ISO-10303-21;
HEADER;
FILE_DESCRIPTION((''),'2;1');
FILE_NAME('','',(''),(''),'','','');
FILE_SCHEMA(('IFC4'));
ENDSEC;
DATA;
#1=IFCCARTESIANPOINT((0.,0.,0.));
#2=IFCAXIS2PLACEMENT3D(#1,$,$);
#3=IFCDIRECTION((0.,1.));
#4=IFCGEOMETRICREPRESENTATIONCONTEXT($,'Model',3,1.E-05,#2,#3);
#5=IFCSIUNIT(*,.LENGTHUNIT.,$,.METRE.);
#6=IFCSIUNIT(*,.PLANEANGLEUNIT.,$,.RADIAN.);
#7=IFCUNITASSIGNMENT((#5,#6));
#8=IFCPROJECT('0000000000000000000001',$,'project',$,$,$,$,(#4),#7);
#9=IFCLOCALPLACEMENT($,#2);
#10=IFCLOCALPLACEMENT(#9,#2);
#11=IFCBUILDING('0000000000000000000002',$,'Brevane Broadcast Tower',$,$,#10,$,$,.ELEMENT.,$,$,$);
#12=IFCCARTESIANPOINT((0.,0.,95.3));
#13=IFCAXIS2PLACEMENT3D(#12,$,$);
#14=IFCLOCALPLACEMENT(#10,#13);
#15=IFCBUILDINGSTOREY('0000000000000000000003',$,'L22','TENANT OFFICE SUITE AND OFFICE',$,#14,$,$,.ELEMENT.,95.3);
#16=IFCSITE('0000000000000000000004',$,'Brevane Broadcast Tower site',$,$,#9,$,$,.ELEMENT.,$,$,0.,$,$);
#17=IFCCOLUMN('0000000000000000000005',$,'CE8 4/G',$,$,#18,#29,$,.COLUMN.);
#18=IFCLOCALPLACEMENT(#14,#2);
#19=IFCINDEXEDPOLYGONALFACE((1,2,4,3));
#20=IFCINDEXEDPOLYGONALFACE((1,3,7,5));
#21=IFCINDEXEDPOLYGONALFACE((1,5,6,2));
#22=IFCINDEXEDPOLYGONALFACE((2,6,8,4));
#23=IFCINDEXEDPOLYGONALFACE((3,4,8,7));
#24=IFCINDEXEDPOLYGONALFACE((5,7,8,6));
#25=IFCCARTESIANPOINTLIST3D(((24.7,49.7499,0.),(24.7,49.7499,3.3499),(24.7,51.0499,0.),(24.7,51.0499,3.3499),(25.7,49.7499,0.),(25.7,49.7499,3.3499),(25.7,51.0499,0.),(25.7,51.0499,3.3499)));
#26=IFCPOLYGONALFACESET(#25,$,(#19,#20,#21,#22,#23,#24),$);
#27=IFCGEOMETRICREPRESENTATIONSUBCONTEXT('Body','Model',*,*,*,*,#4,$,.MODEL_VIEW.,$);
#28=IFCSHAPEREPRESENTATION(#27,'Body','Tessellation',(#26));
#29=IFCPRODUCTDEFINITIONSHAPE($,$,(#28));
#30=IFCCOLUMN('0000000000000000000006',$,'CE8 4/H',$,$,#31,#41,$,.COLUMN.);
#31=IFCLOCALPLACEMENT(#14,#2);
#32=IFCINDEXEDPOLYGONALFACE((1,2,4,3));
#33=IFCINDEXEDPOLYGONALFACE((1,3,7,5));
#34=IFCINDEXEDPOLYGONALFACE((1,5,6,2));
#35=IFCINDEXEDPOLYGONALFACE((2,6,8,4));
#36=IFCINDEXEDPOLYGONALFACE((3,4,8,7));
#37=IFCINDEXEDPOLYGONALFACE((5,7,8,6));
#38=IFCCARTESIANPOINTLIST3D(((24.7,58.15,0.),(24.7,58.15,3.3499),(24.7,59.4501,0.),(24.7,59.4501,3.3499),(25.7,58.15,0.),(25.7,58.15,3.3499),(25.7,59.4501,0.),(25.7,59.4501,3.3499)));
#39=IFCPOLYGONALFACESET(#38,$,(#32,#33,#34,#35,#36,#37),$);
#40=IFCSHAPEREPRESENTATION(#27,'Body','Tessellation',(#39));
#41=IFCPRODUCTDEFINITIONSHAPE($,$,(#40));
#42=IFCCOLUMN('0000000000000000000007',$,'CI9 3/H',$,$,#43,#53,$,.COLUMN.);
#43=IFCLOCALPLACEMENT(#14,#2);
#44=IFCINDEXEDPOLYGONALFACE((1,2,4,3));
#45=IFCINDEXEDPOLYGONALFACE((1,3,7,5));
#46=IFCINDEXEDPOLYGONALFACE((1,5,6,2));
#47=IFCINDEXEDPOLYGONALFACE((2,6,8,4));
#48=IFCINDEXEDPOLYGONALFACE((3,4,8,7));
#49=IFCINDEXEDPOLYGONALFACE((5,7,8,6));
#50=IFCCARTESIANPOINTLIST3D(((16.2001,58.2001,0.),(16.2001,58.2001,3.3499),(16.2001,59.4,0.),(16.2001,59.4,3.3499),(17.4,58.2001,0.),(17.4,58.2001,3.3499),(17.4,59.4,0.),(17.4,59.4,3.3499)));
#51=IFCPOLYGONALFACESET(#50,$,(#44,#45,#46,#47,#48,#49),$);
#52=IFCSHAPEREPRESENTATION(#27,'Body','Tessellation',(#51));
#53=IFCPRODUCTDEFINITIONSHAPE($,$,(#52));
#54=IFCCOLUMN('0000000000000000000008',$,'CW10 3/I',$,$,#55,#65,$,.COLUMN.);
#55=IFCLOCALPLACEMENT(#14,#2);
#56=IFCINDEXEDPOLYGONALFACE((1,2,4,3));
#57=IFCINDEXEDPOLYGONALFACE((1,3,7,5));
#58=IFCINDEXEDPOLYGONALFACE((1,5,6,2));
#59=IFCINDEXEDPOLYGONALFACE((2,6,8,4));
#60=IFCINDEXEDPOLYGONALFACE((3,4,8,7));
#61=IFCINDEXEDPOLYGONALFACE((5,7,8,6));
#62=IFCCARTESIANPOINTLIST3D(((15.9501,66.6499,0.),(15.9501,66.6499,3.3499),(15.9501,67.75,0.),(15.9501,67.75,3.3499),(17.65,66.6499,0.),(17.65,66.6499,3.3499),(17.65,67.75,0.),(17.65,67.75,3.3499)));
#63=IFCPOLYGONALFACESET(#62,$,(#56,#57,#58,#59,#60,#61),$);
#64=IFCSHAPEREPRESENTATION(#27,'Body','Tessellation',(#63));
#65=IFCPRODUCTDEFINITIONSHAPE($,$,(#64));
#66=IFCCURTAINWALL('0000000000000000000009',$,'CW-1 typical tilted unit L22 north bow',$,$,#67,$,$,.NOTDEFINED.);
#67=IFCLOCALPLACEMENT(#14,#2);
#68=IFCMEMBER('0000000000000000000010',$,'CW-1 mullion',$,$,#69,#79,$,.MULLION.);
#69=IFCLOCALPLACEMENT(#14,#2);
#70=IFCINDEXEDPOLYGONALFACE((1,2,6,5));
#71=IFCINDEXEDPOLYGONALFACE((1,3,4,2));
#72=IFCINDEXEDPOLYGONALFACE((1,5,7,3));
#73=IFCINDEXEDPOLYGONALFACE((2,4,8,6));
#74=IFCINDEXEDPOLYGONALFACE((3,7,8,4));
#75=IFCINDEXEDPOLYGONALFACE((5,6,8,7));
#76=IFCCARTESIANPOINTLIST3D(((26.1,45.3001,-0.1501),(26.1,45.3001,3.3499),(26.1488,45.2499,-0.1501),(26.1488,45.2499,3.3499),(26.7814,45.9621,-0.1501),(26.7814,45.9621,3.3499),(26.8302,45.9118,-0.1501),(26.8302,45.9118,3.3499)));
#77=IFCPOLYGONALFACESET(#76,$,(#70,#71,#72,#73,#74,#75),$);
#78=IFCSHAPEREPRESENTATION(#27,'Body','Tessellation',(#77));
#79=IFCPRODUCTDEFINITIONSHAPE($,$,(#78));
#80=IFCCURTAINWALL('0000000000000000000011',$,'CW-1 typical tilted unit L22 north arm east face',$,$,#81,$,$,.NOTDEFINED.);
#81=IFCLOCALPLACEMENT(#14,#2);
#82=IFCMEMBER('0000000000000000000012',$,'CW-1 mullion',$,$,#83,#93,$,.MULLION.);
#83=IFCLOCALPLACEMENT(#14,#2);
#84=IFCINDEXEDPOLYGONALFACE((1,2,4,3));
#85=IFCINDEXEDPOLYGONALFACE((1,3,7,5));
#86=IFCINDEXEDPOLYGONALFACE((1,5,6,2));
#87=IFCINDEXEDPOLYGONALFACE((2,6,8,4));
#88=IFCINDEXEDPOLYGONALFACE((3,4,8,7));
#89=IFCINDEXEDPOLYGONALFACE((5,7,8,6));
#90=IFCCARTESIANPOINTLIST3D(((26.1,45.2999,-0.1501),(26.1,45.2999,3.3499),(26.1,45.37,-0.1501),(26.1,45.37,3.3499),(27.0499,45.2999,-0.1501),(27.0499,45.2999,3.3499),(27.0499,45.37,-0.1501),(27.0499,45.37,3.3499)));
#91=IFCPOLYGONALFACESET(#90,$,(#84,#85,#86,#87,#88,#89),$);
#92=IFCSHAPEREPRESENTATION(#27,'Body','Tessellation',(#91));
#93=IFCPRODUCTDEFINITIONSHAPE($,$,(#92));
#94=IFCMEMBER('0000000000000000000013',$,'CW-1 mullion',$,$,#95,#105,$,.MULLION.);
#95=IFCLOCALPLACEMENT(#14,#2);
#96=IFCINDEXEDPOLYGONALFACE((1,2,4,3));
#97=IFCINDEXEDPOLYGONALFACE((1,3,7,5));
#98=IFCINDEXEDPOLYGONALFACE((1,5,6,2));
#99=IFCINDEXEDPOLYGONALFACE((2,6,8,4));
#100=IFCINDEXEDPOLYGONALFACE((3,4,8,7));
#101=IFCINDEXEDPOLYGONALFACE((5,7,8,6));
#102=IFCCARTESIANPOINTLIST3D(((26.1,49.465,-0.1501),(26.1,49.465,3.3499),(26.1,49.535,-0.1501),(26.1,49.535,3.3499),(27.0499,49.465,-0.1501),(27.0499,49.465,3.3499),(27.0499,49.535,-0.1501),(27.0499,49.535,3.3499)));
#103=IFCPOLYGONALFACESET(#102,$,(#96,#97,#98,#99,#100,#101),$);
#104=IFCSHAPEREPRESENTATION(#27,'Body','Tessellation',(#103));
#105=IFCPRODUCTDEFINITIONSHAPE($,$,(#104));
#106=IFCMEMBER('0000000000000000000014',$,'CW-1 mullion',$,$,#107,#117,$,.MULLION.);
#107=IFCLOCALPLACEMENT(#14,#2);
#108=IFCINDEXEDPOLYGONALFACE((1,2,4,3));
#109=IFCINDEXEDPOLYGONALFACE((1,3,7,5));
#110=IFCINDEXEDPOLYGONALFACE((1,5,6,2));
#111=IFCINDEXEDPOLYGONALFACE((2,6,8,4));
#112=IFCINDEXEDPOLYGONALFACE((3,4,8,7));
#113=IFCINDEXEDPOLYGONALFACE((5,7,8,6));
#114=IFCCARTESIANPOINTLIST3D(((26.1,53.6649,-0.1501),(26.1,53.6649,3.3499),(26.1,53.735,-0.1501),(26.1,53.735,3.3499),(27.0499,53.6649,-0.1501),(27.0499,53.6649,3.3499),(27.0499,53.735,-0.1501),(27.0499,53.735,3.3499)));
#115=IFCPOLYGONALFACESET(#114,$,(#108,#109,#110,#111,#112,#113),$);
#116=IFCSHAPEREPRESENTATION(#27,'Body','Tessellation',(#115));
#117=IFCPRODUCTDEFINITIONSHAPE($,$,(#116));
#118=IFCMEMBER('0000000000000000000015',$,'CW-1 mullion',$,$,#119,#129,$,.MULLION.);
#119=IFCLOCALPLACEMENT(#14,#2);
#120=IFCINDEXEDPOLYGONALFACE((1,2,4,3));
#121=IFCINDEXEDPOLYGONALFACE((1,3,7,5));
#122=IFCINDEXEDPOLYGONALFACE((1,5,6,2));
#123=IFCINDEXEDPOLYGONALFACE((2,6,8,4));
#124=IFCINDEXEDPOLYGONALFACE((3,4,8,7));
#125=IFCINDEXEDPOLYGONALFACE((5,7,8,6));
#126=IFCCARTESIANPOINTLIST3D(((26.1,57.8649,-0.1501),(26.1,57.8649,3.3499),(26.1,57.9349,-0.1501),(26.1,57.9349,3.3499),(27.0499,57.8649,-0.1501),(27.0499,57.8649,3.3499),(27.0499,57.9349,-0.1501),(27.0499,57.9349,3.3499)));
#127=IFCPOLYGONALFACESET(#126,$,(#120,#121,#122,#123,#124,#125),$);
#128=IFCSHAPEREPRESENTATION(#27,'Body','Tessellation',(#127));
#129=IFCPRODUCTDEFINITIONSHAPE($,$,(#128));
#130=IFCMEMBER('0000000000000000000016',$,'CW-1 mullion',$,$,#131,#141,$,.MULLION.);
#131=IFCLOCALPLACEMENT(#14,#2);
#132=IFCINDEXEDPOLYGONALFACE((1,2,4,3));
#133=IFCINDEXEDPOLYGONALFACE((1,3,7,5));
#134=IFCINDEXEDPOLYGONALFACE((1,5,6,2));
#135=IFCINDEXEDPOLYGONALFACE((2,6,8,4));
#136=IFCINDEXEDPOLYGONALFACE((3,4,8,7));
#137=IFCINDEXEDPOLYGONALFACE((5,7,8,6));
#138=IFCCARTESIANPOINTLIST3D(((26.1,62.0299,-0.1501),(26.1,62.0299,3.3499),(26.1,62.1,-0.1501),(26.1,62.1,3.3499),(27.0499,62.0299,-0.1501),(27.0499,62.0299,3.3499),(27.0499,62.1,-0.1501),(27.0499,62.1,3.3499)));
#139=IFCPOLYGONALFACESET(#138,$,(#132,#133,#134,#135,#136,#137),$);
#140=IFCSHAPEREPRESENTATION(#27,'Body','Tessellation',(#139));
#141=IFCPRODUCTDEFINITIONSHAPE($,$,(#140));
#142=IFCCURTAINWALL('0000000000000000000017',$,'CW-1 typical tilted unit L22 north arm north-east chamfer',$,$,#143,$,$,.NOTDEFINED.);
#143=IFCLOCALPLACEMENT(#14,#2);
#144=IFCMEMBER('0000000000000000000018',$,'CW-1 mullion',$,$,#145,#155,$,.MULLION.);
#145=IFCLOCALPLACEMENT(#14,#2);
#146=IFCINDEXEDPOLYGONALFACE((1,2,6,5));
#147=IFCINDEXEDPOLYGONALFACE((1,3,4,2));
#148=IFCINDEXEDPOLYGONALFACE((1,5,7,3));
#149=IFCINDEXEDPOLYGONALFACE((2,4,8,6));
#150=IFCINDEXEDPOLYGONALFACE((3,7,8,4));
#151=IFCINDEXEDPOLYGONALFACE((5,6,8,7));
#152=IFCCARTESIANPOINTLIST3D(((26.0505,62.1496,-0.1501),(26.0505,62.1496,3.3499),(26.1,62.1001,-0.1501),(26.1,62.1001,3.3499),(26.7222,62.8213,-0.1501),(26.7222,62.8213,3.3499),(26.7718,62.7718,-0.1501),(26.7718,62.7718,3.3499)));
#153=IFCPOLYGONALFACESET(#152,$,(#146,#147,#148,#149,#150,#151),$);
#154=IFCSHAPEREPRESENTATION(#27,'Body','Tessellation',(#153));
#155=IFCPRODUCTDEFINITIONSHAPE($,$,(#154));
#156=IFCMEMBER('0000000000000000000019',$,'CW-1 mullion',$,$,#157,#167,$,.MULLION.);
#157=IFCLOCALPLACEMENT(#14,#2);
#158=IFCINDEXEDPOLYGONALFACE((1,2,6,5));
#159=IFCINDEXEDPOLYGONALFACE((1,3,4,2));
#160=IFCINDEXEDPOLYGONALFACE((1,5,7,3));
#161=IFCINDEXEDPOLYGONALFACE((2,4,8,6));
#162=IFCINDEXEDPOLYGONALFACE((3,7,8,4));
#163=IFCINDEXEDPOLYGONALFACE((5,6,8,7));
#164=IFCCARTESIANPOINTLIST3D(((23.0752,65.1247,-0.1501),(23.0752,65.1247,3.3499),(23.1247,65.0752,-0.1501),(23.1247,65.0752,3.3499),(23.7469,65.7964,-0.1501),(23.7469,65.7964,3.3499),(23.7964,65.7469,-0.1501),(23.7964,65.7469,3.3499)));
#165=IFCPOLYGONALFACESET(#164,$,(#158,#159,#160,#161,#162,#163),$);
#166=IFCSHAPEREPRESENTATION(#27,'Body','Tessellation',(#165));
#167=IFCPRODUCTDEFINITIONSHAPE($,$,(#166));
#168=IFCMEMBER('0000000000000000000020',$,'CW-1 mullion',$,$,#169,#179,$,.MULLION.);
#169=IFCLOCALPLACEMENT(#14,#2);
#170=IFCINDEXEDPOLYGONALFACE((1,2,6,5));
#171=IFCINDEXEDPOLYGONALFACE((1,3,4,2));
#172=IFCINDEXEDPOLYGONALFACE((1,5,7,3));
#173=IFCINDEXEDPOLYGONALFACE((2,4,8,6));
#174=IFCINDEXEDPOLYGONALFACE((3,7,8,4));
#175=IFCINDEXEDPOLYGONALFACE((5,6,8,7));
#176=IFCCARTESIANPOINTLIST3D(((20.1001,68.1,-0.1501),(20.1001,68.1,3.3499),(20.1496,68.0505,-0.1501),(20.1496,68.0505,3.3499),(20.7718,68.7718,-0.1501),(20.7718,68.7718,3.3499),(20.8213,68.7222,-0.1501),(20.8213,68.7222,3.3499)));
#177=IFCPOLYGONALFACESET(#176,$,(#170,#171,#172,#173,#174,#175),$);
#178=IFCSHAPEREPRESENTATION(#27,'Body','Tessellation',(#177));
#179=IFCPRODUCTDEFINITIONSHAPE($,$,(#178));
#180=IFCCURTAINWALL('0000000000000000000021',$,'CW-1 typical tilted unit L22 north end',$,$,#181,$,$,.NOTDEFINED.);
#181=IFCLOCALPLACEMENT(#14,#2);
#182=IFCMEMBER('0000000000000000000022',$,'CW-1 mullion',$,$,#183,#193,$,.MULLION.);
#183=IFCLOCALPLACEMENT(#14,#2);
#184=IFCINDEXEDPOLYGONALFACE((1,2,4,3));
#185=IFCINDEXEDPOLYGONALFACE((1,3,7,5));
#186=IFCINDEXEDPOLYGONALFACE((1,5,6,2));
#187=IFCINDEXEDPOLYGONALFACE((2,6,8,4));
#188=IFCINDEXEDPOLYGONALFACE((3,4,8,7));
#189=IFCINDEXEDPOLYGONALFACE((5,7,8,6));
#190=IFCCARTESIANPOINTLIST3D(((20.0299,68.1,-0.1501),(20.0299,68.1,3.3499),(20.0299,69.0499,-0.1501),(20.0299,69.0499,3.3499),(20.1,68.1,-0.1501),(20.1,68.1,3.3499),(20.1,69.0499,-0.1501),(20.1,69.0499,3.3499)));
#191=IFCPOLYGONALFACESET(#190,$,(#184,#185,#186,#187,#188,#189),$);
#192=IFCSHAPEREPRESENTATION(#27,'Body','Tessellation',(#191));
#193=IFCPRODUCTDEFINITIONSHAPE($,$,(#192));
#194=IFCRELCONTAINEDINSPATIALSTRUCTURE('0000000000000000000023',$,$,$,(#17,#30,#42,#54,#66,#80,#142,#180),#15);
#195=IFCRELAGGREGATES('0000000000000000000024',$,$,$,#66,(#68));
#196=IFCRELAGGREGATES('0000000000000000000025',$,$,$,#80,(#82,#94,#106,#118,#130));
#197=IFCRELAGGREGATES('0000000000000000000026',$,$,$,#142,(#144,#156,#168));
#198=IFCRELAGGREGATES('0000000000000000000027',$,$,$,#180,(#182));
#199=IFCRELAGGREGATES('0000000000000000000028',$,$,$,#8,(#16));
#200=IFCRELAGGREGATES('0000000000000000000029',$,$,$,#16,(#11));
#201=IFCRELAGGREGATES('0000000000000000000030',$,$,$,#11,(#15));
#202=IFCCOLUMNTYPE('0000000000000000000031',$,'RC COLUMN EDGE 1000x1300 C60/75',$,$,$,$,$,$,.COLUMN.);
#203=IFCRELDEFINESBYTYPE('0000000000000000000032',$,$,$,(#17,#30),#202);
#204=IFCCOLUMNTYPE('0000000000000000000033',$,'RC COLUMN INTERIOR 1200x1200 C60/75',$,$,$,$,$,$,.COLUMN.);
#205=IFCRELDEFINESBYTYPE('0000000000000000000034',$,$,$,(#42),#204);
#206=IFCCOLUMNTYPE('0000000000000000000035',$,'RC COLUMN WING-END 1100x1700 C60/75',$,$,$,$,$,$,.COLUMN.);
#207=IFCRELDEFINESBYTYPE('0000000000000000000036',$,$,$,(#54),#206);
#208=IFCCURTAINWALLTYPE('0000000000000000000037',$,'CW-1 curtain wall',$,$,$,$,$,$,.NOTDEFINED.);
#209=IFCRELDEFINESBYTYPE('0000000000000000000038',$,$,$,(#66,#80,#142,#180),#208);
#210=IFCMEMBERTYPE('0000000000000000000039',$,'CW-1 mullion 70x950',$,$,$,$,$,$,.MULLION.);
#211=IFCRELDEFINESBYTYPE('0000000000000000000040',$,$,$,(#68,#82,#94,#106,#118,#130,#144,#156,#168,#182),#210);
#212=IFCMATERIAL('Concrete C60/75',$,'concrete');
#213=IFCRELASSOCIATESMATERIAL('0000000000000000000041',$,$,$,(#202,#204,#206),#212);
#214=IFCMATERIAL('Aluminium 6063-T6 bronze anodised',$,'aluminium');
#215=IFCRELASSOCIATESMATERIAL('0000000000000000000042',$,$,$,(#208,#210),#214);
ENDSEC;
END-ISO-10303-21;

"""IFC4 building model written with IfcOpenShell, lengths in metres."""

from ifc_helpers import new_model, si_unit, direction, frame, origin, origin_2d, place, context, subcontext, project, spatial, rectangle, extrude, material, material_profile, profile_set, type_object, element, aggregate, save


model = new_model("IFC4")

# Units and contexts
model_context = context("Model", 3, precision=1e-05, world=origin(), true_north=direction((0.0, 1.0)))
body_context = subcontext(model_context, "Body", "Model", "MODEL_VIEW")
ifc_project = project(units=[si_unit("LENGTHUNIT", "METRE"), si_unit("PLANEANGLEUNIT", "RADIAN")], contexts=[model_context])

# Site, building, storey
site_placement = place(None, origin())
site = spatial("IfcSite", under=ifc_project, at=site_placement, Name="Brevane Broadcast Tower site", CompositionType="ELEMENT", RefElevation=0.0)
building_placement = place(site_placement, origin())
building = spatial("IfcBuilding", under=site, at=building_placement, Name="Brevane Broadcast Tower", CompositionType="ELEMENT")
storey_placement = place(building_placement, frame((0.0, 0.0, 95.3)))
storey = spatial("IfcBuildingStorey", under=building, at=storey_placement, Name="L22", Description="TENANT OFFICE SUITE AND OFFICE", CompositionType="ELEMENT", Elevation=95.3)

# Columns
ifc_material_1 = material(Name="Concrete C60/75", Category="concrete")
ifc_material_profile_1 = material_profile(ifc_material_1, rectangle(XDim=1.0, YDim=1.3, at=origin_2d()), Name="RC 1000x1300")
ifc_profile_set_1 = profile_set([ifc_material_profile_1], Name="Concrete C60/75")
column_type_1 = type_object("IfcColumnType", Name="RC COLUMN EDGE 1000x1300 C60/75", PredefinedType="COLUMN", material=ifc_profile_set_1)
for number, where, z_axis, x_axis, name in (
    (1, (25.2, 50.3999, 0.0), (0.0, 0.0, 1.0), (1.0, 0.0, 0.0), "CE8 4/G"),
    (2, (25.2, 58.8, 0.0), (0.0, 0.0, 1.0), (1.0, 0.0, 0.0), "CE8 4/H"),
):
    element("IfcColumn", number, at=place(storey_placement, frame(where, z_axis=z_axis, x_axis=x_axis)), inside=storey, type_object=column_type_1, Name=name, PredefinedType="COLUMN", context=body_context, shape_type="SweptSolid", body=[
        extrude(rectangle(XDim=1.0, YDim=1.3, at=origin_2d()), origin(), (0.0, 0.0, 1.0), 3.3499),
    ])
ifc_material_profile_2 = material_profile(ifc_material_1, rectangle(XDim=1.2, YDim=1.2, at=origin_2d()), Name="RC 1200x1200")
ifc_profile_set_2 = profile_set([ifc_material_profile_2], Name="Concrete C60/75")
column_type_2 = type_object("IfcColumnType", Name="RC COLUMN INTERIOR 1200x1200 C60/75", PredefinedType="COLUMN", material=ifc_profile_set_2)
column_1_placement = place(storey_placement, frame((16.8, 58.8, 0.0), z_axis=(0.0, 0.0, 1.0), x_axis=(1.0, 0.0, 0.0)))
element("IfcColumn", 3, at=column_1_placement, inside=storey, type_object=column_type_2, Name="CI9 3/H", PredefinedType="COLUMN", context=body_context, shape_type="SweptSolid", body=[
    extrude(rectangle(XDim=1.2, YDim=1.2, at=origin_2d()), origin(), (0.0, 0.0, 1.0), 3.3499),
])
ifc_material_profile_3 = material_profile(ifc_material_1, rectangle(XDim=1.1001, YDim=1.7, at=origin_2d()), Name="RC 1100x1700")
ifc_profile_set_3 = profile_set([ifc_material_profile_3], Name="Concrete C60/75")
column_type_3 = type_object("IfcColumnType", Name="RC COLUMN WING-END 1100x1700 C60/75", PredefinedType="COLUMN", material=ifc_profile_set_3)
column_2_placement = place(storey_placement, frame((16.8, 67.2, 0.0), z_axis=(0.0, 0.0, 1.0), x_axis=(0.0, 1.0, 0.0)))
element("IfcColumn", 4, at=column_2_placement, inside=storey, type_object=column_type_3, Name="CW10 3/I", PredefinedType="COLUMN", context=body_context, shape_type="SweptSolid", body=[
    extrude(rectangle(XDim=1.1001, YDim=1.7, at=origin_2d()), origin(), (0.0, 0.0, 1.0), 3.3499),
])

# Curtain wall, member
ifc_material_2 = material(Name="Aluminium 6063-T6 bronze anodised", Category="aluminium")
curtain_wall_type = type_object("IfcCurtainWallType", Name="CW-1 curtain wall", PredefinedType="NOTDEFINED", material=ifc_material_2)
curtain_wall_1_placement = place(storey_placement, origin())
curtain_wall_1 = element("IfcCurtainWall", 5, at=curtain_wall_1_placement, inside=storey, type_object=curtain_wall_type, Name="CW-1 typical tilted unit L22 north bow", PredefinedType="NOTDEFINED")
ifc_material_profile_4 = material_profile(ifc_material_2, rectangle(XDim=0.95, YDim=0.0701, at=origin_2d()), Name="RECT 70x950")
ifc_profile_set_4 = profile_set([ifc_material_profile_4], Name="Aluminium 6063-T6 bronze anodised")
member_type_1 = type_object("IfcMemberType", Name="CW-1 mullion 70x950", PredefinedType="MULLION", material=ifc_profile_set_4)
member_1_placement = place(storey_placement, frame((26.4651, 45.606, -0.1501), z_axis=(0.0, 0.0, 1.0), x_axis=(-0.717254, -0.696812, 0.0)))
member_1 = element("IfcMember", 6, at=member_1_placement, type_object=member_type_1, Name="CW-1 mullion", PredefinedType="MULLION", context=body_context, shape_type="SweptSolid", body=[
    extrude(rectangle(XDim=0.95, YDim=0.0701, at=origin_2d()), origin(), (0.0, 0.0, 1.0), 3.5),
])
aggregate(curtain_wall_1, [member_1])

# Curtain walls, members
curtain_wall_2_placement = place(storey_placement, origin())
curtain_wall_2 = element("IfcCurtainWall", 7, at=curtain_wall_2_placement, inside=storey, type_object=curtain_wall_type, Name="CW-1 typical tilted unit L22 north arm east face", PredefinedType="NOTDEFINED")
member_2_placement = place(storey_placement, frame((26.575, 45.335, -0.1501), z_axis=(0.0, 0.0, 1.0), x_axis=(-1.0, 0.0, 0.0)))
member_2 = element("IfcMember", 8, at=member_2_placement, type_object=member_type_1, Name="CW-1 mullion", PredefinedType="MULLION", context=body_context, shape_type="SweptSolid", body=[
    extrude(rectangle(XDim=0.95, YDim=0.0701, at=origin_2d()), origin(), (0.0, 0.0, 1.0), 3.5),
])
member_3_placement = place(storey_placement, frame((26.575, 49.5, -0.1501), z_axis=(0.0, 0.0, 1.0), x_axis=(-1.0, 0.0, 0.0)))
member_3 = element("IfcMember", 9, at=member_3_placement, type_object=member_type_1, Name="CW-1 mullion", PredefinedType="MULLION", context=body_context, shape_type="SweptSolid", body=[
    extrude(rectangle(XDim=0.95, YDim=0.0701, at=origin_2d()), origin(), (0.0, 0.0, 1.0), 3.5),
])
member_4_placement = place(storey_placement, frame((26.575, 53.7, -0.1501), z_axis=(0.0, 0.0, 1.0), x_axis=(-1.0, 0.0, 0.0)))
member_4 = element("IfcMember", 10, at=member_4_placement, type_object=member_type_1, Name="CW-1 mullion", PredefinedType="MULLION", context=body_context, shape_type="SweptSolid", body=[
    extrude(rectangle(XDim=0.95, YDim=0.0701, at=origin_2d()), origin(), (0.0, 0.0, 1.0), 3.5),
])
member_5_placement = place(storey_placement, frame((26.575, 57.8999, -0.1501), z_axis=(0.0, 0.0, 1.0), x_axis=(-1.0, 0.0, 0.0)))
member_5 = element("IfcMember", 11, at=member_5_placement, type_object=member_type_1, Name="CW-1 mullion", PredefinedType="MULLION", context=body_context, shape_type="SweptSolid", body=[
    extrude(rectangle(XDim=0.95, YDim=0.0701, at=origin_2d()), origin(), (0.0, 0.0, 1.0), 3.5),
])
member_6_placement = place(storey_placement, frame((26.575, 62.0649, -0.1501), z_axis=(0.0, 0.0, 1.0), x_axis=(-1.0, 0.0, 0.0)))
member_6 = element("IfcMember", 12, at=member_6_placement, type_object=member_type_1, Name="CW-1 mullion", PredefinedType="MULLION", context=body_context, shape_type="SweptSolid", body=[
    extrude(rectangle(XDim=0.95, YDim=0.0701, at=origin_2d()), origin(), (0.0, 0.0, 1.0), 3.5),
])
curtain_wall_3_placement = place(storey_placement, origin())
curtain_wall_3 = element("IfcCurtainWall", 13, at=curtain_wall_3_placement, inside=storey, type_object=curtain_wall_type, Name="CW-1 typical tilted unit L22 north arm north-east chamfer", PredefinedType="NOTDEFINED")
member_7_placement = place(storey_placement, frame((26.4111, 62.4607, -0.1501), z_axis=(0.0, 0.0, 1.0), x_axis=(-0.707107, -0.707107, 0.0)))
member_7 = element("IfcMember", 14, at=member_7_placement, type_object=member_type_1, Name="CW-1 mullion", PredefinedType="MULLION", context=body_context, shape_type="SweptSolid", body=[
    extrude(rectangle(XDim=0.95, YDim=0.0701, at=origin_2d()), origin(), (0.0, 0.0, 1.0), 3.5),
])
member_8_placement = place(storey_placement, frame((23.4358, 65.4358, -0.1501), z_axis=(0.0, 0.0, 1.0), x_axis=(-0.707107, -0.707107, 0.0)))
member_8 = element("IfcMember", 15, at=member_8_placement, type_object=member_type_1, Name="CW-1 mullion", PredefinedType="MULLION", context=body_context, shape_type="SweptSolid", body=[
    extrude(rectangle(XDim=0.95, YDim=0.0701, at=origin_2d()), origin(), (0.0, 0.0, 1.0), 3.5),
])
member_9_placement = place(storey_placement, frame((20.4607, 68.4111, -0.1501), z_axis=(0.0, 0.0, 1.0), x_axis=(-0.707107, -0.707107, 0.0)))
member_9 = element("IfcMember", 16, at=member_9_placement, type_object=member_type_1, Name="CW-1 mullion", PredefinedType="MULLION", context=body_context, shape_type="SweptSolid", body=[
    extrude(rectangle(XDim=0.95, YDim=0.0701, at=origin_2d()), origin(), (0.0, 0.0, 1.0), 3.5),
])

# Curtain wall, member
curtain_wall_4_placement = place(storey_placement, origin())
curtain_wall_4 = element("IfcCurtainWall", 17, at=curtain_wall_4_placement, inside=storey, type_object=curtain_wall_type, Name="CW-1 typical tilted unit L22 north end", PredefinedType="NOTDEFINED")
member_10_placement = place(storey_placement, frame((20.0649, 68.575, -0.1501), z_axis=(0.0, 0.0, 1.0), x_axis=(0.0, -1.0, 0.0)))
member_10 = element("IfcMember", 18, at=member_10_placement, type_object=member_type_1, Name="CW-1 mullion", PredefinedType="MULLION", context=body_context, shape_type="SweptSolid", body=[
    extrude(rectangle(XDim=0.95, YDim=0.0701, at=origin_2d()), origin(), (0.0, 0.0, 1.0), 3.5),
])

aggregate(curtain_wall_2, [member_2, member_3, member_4, member_5, member_6])
aggregate(curtain_wall_3, [member_7, member_8, member_9])
aggregate(curtain_wall_4, [member_10])

save(model, "model.ifc")
